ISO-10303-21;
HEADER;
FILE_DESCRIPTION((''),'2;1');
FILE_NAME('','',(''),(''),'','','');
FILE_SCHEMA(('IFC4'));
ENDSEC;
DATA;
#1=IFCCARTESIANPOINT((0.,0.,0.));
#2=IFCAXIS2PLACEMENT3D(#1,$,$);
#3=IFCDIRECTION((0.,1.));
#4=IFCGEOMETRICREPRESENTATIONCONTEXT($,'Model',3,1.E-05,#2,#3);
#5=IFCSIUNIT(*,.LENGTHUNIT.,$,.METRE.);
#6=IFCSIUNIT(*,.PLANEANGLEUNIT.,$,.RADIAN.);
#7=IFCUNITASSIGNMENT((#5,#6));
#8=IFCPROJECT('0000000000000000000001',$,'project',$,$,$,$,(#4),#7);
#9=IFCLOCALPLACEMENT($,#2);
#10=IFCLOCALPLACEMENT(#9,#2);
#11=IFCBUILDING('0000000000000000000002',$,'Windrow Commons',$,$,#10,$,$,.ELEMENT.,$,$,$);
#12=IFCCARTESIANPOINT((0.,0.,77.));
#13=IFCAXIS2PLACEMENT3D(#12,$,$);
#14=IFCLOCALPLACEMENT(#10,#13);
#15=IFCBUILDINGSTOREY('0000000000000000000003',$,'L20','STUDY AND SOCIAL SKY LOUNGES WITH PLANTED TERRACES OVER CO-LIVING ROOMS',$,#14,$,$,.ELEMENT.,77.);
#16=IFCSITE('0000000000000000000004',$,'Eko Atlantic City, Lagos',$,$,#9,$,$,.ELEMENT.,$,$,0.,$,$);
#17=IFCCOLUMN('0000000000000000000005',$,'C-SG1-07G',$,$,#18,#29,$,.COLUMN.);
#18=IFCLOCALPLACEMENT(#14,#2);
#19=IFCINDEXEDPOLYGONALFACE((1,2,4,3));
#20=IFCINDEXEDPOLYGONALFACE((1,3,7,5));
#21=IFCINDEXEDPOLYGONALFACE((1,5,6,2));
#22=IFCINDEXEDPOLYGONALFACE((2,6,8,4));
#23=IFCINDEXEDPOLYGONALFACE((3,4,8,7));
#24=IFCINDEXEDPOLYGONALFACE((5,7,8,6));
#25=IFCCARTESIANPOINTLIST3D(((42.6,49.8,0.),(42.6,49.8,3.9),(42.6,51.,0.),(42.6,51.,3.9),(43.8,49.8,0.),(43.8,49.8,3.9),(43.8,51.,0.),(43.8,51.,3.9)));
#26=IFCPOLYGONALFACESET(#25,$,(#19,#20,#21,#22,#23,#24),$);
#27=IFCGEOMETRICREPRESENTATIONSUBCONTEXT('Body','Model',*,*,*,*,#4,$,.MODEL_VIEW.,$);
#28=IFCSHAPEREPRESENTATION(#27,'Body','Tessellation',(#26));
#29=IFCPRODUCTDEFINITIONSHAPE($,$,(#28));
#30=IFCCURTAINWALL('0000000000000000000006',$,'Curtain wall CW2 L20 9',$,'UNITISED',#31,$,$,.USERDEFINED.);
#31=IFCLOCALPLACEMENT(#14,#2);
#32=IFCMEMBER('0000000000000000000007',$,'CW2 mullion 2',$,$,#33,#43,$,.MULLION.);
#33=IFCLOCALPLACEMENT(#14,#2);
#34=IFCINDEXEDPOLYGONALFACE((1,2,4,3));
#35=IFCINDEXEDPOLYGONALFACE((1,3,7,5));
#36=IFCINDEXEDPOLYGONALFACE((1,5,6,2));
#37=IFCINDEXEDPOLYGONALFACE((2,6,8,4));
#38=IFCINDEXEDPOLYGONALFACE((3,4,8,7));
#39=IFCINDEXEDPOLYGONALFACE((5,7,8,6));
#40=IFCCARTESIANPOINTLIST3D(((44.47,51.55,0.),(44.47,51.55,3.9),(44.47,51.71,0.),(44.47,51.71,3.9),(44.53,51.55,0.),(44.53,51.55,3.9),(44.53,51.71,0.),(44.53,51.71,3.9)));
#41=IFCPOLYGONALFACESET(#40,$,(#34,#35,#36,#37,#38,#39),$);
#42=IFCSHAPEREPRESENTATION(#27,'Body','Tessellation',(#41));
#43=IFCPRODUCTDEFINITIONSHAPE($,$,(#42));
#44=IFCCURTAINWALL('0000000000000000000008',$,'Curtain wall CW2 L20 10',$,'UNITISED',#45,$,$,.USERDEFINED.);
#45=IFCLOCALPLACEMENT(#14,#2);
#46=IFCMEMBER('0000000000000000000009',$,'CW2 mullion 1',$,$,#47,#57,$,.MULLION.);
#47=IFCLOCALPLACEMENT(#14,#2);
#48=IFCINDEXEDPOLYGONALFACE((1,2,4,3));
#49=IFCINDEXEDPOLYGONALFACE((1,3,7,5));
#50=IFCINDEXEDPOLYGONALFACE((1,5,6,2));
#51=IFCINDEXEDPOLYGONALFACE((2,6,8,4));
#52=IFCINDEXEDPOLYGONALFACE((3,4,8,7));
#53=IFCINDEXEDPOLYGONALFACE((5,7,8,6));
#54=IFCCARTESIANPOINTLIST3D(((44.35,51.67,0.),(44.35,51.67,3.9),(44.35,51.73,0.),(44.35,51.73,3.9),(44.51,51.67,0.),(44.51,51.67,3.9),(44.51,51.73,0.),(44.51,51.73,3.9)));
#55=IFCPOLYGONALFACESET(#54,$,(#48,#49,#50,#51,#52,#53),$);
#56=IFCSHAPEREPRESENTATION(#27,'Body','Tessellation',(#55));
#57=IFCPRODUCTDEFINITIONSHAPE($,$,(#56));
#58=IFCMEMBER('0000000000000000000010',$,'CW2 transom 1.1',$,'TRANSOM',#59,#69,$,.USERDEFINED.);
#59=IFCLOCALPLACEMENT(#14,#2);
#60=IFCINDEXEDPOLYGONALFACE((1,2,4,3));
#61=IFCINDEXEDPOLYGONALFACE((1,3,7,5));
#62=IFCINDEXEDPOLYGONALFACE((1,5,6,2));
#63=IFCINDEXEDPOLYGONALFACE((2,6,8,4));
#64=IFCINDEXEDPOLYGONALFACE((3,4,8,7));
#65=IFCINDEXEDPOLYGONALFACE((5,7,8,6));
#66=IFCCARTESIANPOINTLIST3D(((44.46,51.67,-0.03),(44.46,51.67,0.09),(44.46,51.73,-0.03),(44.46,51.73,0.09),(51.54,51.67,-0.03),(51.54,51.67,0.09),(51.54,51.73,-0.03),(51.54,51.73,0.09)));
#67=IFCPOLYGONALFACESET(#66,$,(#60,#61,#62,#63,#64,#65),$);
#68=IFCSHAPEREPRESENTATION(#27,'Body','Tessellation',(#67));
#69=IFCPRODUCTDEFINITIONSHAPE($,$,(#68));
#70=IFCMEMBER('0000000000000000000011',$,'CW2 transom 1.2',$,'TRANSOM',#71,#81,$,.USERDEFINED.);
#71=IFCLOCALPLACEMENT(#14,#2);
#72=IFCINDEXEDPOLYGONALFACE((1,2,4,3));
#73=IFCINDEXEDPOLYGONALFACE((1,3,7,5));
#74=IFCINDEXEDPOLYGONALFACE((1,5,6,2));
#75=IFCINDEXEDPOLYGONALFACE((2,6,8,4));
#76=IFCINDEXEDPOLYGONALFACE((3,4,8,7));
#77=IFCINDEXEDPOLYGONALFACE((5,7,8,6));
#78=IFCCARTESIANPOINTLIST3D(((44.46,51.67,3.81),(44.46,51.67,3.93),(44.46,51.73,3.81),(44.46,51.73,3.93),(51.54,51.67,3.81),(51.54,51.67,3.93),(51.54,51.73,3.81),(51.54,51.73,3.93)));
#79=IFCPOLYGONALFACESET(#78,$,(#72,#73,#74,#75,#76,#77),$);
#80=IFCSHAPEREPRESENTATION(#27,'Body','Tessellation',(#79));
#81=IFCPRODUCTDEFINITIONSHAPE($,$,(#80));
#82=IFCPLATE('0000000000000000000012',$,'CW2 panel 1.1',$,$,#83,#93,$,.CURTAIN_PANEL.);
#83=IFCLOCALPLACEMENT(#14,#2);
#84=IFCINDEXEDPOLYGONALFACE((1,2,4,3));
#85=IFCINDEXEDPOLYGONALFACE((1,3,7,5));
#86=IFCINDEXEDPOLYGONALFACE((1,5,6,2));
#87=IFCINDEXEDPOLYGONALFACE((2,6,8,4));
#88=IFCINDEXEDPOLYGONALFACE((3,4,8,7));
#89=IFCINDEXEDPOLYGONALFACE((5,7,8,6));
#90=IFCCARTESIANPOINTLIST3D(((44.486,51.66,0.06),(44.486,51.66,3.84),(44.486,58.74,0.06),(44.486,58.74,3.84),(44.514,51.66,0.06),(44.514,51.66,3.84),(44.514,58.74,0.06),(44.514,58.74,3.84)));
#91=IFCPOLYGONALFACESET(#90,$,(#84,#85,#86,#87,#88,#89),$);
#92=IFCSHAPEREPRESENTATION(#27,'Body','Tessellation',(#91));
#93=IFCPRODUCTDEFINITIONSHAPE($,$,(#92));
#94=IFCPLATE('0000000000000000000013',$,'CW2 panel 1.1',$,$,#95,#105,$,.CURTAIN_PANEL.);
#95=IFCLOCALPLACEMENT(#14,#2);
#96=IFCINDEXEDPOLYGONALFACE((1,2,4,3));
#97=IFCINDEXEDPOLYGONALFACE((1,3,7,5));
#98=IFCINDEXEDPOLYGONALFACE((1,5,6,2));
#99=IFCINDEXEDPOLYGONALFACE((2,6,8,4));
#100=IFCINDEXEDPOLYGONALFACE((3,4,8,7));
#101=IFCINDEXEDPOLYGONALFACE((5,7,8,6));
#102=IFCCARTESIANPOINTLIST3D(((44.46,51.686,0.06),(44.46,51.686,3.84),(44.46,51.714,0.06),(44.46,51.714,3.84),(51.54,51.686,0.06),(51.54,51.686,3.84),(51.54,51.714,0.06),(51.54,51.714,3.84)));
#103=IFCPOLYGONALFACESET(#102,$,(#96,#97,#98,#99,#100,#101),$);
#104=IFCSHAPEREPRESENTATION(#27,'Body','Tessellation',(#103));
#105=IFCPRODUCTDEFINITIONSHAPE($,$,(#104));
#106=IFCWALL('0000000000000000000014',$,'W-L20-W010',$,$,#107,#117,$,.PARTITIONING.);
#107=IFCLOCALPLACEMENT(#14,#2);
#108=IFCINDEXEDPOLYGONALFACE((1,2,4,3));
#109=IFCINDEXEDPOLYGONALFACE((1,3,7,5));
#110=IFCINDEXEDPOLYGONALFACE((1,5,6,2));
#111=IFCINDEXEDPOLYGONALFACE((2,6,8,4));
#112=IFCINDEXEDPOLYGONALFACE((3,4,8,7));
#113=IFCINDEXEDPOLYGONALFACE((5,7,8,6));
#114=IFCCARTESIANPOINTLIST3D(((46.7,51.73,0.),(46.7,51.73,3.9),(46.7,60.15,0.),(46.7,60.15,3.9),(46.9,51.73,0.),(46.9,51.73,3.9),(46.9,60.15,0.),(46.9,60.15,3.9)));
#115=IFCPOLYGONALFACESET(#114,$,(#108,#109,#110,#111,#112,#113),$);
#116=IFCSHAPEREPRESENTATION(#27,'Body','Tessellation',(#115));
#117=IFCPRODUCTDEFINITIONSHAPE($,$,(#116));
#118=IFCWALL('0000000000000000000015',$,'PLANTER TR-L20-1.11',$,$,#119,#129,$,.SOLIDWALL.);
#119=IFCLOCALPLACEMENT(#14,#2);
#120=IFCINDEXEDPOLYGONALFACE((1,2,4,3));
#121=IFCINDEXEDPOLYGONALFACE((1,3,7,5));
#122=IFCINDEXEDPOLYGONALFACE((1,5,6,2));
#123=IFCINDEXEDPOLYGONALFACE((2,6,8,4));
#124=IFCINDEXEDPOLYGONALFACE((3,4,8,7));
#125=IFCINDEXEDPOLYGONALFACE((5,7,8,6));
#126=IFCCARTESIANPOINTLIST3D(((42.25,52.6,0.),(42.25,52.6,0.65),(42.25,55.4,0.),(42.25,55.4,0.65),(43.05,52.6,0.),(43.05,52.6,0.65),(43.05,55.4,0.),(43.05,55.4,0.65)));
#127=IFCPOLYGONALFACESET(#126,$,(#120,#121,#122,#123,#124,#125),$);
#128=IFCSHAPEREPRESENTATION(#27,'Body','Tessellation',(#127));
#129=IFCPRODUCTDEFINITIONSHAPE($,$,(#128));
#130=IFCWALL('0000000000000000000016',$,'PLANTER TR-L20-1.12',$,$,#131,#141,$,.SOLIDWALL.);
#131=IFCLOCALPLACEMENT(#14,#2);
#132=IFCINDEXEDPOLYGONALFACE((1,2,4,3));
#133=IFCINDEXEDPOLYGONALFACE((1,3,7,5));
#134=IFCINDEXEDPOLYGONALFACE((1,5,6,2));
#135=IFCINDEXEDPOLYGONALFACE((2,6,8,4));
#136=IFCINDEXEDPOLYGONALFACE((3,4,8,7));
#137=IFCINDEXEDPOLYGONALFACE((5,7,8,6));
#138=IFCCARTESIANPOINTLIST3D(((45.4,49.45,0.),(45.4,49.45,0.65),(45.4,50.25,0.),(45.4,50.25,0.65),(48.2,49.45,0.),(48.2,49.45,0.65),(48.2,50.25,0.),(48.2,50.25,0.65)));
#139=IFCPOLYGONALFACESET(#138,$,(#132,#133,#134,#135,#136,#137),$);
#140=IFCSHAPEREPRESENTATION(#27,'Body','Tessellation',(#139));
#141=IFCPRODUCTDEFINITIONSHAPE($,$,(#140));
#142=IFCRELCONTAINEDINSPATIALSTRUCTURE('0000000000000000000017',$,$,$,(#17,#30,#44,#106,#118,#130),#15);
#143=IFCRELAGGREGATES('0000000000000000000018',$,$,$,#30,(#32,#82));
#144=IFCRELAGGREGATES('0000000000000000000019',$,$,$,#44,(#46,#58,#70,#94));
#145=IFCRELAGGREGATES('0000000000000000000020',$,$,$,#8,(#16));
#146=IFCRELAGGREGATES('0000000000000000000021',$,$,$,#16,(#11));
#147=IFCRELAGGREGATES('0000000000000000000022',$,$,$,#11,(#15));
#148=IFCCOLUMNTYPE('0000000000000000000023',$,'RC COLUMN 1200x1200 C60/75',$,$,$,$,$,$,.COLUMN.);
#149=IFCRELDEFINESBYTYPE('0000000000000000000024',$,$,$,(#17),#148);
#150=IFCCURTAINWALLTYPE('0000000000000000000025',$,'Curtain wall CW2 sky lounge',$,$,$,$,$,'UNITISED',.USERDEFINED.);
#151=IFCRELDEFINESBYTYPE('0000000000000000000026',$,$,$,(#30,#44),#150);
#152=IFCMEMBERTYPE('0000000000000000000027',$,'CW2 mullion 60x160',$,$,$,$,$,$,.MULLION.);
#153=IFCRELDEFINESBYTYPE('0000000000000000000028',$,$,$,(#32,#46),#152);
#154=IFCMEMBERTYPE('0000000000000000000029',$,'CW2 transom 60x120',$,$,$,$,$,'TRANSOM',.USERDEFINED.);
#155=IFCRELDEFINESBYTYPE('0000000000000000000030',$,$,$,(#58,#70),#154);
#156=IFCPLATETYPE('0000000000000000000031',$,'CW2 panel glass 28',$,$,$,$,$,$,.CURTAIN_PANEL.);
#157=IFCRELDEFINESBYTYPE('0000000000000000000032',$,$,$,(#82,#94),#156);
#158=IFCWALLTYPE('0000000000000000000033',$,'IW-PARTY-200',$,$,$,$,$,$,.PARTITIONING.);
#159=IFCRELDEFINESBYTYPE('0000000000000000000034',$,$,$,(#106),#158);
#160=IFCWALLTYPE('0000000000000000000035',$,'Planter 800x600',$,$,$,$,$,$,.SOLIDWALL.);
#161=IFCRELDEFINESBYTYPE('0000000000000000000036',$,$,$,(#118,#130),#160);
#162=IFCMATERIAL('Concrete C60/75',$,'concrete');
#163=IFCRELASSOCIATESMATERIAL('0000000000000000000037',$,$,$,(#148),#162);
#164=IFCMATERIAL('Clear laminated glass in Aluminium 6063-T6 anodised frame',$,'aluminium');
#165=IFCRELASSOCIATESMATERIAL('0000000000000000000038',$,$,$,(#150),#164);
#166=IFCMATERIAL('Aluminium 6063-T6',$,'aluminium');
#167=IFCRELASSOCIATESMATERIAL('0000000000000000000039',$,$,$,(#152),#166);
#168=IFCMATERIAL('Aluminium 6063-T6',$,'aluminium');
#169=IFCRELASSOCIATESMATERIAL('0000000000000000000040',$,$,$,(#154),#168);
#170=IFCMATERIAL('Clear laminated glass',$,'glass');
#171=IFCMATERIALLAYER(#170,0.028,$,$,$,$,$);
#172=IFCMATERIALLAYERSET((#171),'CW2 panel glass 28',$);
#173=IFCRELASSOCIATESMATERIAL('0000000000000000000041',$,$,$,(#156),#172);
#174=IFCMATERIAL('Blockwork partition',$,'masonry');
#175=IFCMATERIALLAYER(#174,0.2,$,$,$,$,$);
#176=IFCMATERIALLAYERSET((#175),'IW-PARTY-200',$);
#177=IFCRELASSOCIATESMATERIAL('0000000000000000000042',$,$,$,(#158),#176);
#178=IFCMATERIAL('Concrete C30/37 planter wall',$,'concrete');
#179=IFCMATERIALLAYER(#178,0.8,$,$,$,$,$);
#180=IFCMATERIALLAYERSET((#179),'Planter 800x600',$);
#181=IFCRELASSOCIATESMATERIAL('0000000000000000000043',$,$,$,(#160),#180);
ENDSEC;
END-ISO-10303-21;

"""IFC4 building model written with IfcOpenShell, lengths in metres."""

from ifc_helpers import new_model, si_unit, direction, frame, frame_2d, origin, origin_2d, place, context, subcontext, project, spatial, rectangle, extrude, material, layer, layer_set, material_profile, profile_set, type_object, element, aggregate, save


model = new_model("IFC4")

# Units and contexts
model_context = context("Model", 3, precision=1e-05, world=origin(), true_north=direction((0.0, 1.0)))
body_context = subcontext(model_context, "Body", "Model", "MODEL_VIEW")
ifc_project = project(units=[si_unit("LENGTHUNIT", "METRE"), si_unit("PLANEANGLEUNIT", "RADIAN")], contexts=[model_context])

# Site, building, storey
site_placement = place(None, origin())
site = spatial("IfcSite", under=ifc_project, at=site_placement, Name="Eko Atlantic City, Lagos", CompositionType="ELEMENT", RefElevation=0.0)
building_placement = place(site_placement, origin())
building = spatial("IfcBuilding", under=site, at=building_placement, Name="Windrow Commons", CompositionType="ELEMENT")
storey_placement = place(building_placement, frame((0.0, 0.0, 77.0)))
storey = spatial("IfcBuildingStorey", under=building, at=storey_placement, Name="L20", Description="STUDY AND SOCIAL SKY LOUNGES WITH PLANTED TERRACES OVER CO-LIVING ROOMS", CompositionType="ELEMENT", Elevation=77.0)

# Column
ifc_material_1 = material(Name="Concrete C60/75", Category="concrete")
ifc_material_profile_1 = material_profile(ifc_material_1, rectangle(XDim=1.2, YDim=1.2, at=origin_2d()))
ifc_profile_set_1 = profile_set([ifc_material_profile_1], Name="Concrete C60/75")
column_type = type_object("IfcColumnType", Name="RC COLUMN 1200x1200 C60/75", PredefinedType="COLUMN", material=ifc_profile_set_1)
column_placement = place(storey_placement, frame((43.2, 50.4, 0.0), z_axis=(0.0, 0.0, 1.0), x_axis=(1.0, 0.0, 0.0)))
element("IfcColumn", 1, at=column_placement, inside=storey, type_object=column_type, Name="C-SG1-07G", PredefinedType="COLUMN", context=body_context, shape_type="SweptSolid", body=[
    extrude(rectangle(XDim=1.2, YDim=1.2, at=origin_2d()), origin(), (0.0, 0.0, 1.0), 3.9),
])

# Curtain wall, member
ifc_material_2 = material(Name="Clear laminated glass in Aluminium 6063-T6 anodised frame", Category="aluminium")
curtain_wall_type = type_object("IfcCurtainWallType", Name="Curtain wall CW2 sky lounge", ElementType="UNITISED", PredefinedType="USERDEFINED", material=ifc_material_2)
placement = place(storey_placement, origin())
curtain_wall_1 = element("IfcCurtainWall", 2, at=placement, inside=storey, type_object=curtain_wall_type, Name="Curtain wall CW2 L20 9", ObjectType="UNITISED", PredefinedType="USERDEFINED")
ifc_material_3 = material(Name="Aluminium 6063-T6", Category="aluminium")
ifc_material_profile_2 = material_profile(ifc_material_3, rectangle(XDim=0.06, YDim=0.16, at=origin_2d()))
ifc_profile_set_2 = profile_set([ifc_material_profile_2], Name="Aluminium 6063-T6")
member_type_1 = type_object("IfcMemberType", Name="CW2 mullion 60x160", PredefinedType="MULLION", material=ifc_profile_set_2)
member_1_placement = place(storey_placement, frame((44.5, 51.63, 0.0), z_axis=(0.0, 0.0, 1.0), x_axis=(1.0, 0.0, 0.0)))
member_1 = element("IfcMember", 3, at=member_1_placement, type_object=member_type_1, Name="CW2 mullion 2", PredefinedType="MULLION", context=body_context, shape_type="SweptSolid", body=[
    extrude(rectangle(XDim=0.06, YDim=0.16, at=origin_2d()), origin(), (0.0, 0.0, 1.0), 3.9),
])

# Curtain wall, members
curtain_wall_2 = element("IfcCurtainWall", 4, at=placement, inside=storey, type_object=curtain_wall_type, Name="Curtain wall CW2 L20 10", ObjectType="UNITISED", PredefinedType="USERDEFINED")
member_2_placement = place(storey_placement, frame((44.43, 51.7, 0.0), z_axis=(0.0, 0.0, 1.0), x_axis=(0.0, 1.0, 0.0)))
member_2 = element("IfcMember", 5, at=member_2_placement, type_object=member_type_1, Name="CW2 mullion 1", PredefinedType="MULLION", context=body_context, shape_type="SweptSolid", body=[
    extrude(rectangle(XDim=0.06, YDim=0.16, at=origin_2d()), origin(), (0.0, 0.0, 1.0), 3.9),
])
ifc_material_4 = material(Name="Aluminium 6063-T6", Category="aluminium")
ifc_material_profile_3 = material_profile(ifc_material_4, rectangle(XDim=0.06, YDim=0.12, at=origin_2d()))
ifc_profile_set_3 = profile_set([ifc_material_profile_3], Name="Aluminium 6063-T6")
member_type_2 = type_object("IfcMemberType", Name="CW2 transom 60x120", ElementType="TRANSOM", PredefinedType="USERDEFINED", material=ifc_profile_set_3)
member_3_placement = place(storey_placement, frame((44.46, 51.7, 0.03), z_axis=(1.0, 0.0, 0.0), x_axis=(0.0, 1.0, 0.0)))
member_3 = element("IfcMember", 6, at=member_3_placement, type_object=member_type_2, Name="CW2 transom 1.1", ObjectType="TRANSOM", PredefinedType="USERDEFINED", context=body_context, shape_type="SweptSolid", body=[
    extrude(rectangle(XDim=0.06, YDim=0.12, at=origin_2d()), origin(), (0.0, 0.0, 1.0), 7.08),
])
member_4_placement = place(storey_placement, frame((44.46, 51.7, 3.87), z_axis=(1.0, 0.0, 0.0), x_axis=(0.0, 1.0, 0.0)))
member_4 = element("IfcMember", 7, at=member_4_placement, type_object=member_type_2, Name="CW2 transom 1.2", ObjectType="TRANSOM", PredefinedType="USERDEFINED", context=body_context, shape_type="SweptSolid", body=[
    extrude(rectangle(XDim=0.06, YDim=0.12, at=origin_2d()), origin(), (0.0, 0.0, 1.0), 7.08),
])

# Plates
ifc_material_5 = material(Name="Clear laminated glass", Category="glass")
ifc_layer_1 = layer(ifc_material_5, 0.028)
ifc_layer_set_1 = layer_set([ifc_layer_1], Name="CW2 panel glass 28")
plate_type = type_object("IfcPlateType", Name="CW2 panel glass 28", PredefinedType="CURTAIN_PANEL", material=ifc_layer_set_1)
plate_1_placement = place(storey_placement, frame((44.5, 55.2, 0.06), z_axis=(0.0, 0.0, 1.0), x_axis=(0.0, -1.0, 0.0)))
plate_1 = element("IfcPlate", 8, at=plate_1_placement, type_object=plate_type, Name="CW2 panel 1.1", PredefinedType="CURTAIN_PANEL", context=body_context, shape_type="SweptSolid", body=[
    extrude(rectangle(XDim=7.08, YDim=0.028, at=origin_2d()), origin(), (0.0, 0.0, 1.0), 3.78),
])
aggregate(curtain_wall_1, [member_1, plate_1])
plate_2_placement = place(storey_placement, frame((48.0, 51.7, 0.06), z_axis=(0.0, 0.0, 1.0), x_axis=(1.0, 0.0, 0.0)))
plate_2 = element("IfcPlate", 9, at=plate_2_placement, type_object=plate_type, Name="CW2 panel 1.1", PredefinedType="CURTAIN_PANEL", context=body_context, shape_type="SweptSolid", body=[
    extrude(rectangle(XDim=7.08, YDim=0.028, at=origin_2d()), origin(), (0.0, 0.0, 1.0), 3.78),
])
aggregate(curtain_wall_2, [member_2, member_3, member_4, plate_2])

# Walls
ifc_material_6 = material(Name="Blockwork partition", Category="masonry")
ifc_layer_2 = layer(ifc_material_6, 0.2)
ifc_layer_set_2 = layer_set([ifc_layer_2], Name="IW-PARTY-200")
wall_type_1 = type_object("IfcWallType", Name="IW-PARTY-200", PredefinedType="PARTITIONING", material=ifc_layer_set_2)
wall_placement = place(storey_placement, frame((46.8, 51.73, 0.0), z_axis=(0.0, 0.0, 1.0), x_axis=(0.0, 1.0, 0.0)))
element("IfcWall", 10, at=wall_placement, inside=storey, type_object=wall_type_1, Name="W-L20-W010", PredefinedType="PARTITIONING", context=body_context, shape_type="SweptSolid", body=[
    extrude(rectangle(XDim=8.42, YDim=0.2, at=frame_2d((4.21, 0.0))), origin(), (0.0, 0.0, 1.0), 3.9),
])
ifc_material_7 = material(Name="Concrete C30/37 planter wall", Category="concrete")
ifc_layer_3 = layer(ifc_material_7, 0.8)
ifc_layer_set_3 = layer_set([ifc_layer_3], Name="Planter 800x600")
wall_type_2 = type_object("IfcWallType", Name="Planter 800x600", PredefinedType="SOLIDWALL", material=ifc_layer_set_3)
for number, where, z_axis, x_axis, name in (
    (11, (42.65, 55.4, 0.0), (0.0, 0.0, 1.0), (0.0, -1.0, 0.0), "PLANTER TR-L20-1.11"),
    (12, (45.4, 49.85, 0.0), (0.0, 0.0, 1.0), (1.0, 0.0, 0.0), "PLANTER TR-L20-1.12"),
):
    element("IfcWall", number, at=place(storey_placement, frame(where, z_axis=z_axis, x_axis=x_axis)), inside=storey, type_object=wall_type_2, Name=name, PredefinedType="SOLIDWALL", context=body_context, shape_type="SweptSolid", body=[
        extrude(rectangle(XDim=2.8, YDim=0.8, at=frame_2d((1.4, 0.0))), origin(), (0.0, 0.0, 1.0), 0.65),
    ])

save(model, "model.ifc")
